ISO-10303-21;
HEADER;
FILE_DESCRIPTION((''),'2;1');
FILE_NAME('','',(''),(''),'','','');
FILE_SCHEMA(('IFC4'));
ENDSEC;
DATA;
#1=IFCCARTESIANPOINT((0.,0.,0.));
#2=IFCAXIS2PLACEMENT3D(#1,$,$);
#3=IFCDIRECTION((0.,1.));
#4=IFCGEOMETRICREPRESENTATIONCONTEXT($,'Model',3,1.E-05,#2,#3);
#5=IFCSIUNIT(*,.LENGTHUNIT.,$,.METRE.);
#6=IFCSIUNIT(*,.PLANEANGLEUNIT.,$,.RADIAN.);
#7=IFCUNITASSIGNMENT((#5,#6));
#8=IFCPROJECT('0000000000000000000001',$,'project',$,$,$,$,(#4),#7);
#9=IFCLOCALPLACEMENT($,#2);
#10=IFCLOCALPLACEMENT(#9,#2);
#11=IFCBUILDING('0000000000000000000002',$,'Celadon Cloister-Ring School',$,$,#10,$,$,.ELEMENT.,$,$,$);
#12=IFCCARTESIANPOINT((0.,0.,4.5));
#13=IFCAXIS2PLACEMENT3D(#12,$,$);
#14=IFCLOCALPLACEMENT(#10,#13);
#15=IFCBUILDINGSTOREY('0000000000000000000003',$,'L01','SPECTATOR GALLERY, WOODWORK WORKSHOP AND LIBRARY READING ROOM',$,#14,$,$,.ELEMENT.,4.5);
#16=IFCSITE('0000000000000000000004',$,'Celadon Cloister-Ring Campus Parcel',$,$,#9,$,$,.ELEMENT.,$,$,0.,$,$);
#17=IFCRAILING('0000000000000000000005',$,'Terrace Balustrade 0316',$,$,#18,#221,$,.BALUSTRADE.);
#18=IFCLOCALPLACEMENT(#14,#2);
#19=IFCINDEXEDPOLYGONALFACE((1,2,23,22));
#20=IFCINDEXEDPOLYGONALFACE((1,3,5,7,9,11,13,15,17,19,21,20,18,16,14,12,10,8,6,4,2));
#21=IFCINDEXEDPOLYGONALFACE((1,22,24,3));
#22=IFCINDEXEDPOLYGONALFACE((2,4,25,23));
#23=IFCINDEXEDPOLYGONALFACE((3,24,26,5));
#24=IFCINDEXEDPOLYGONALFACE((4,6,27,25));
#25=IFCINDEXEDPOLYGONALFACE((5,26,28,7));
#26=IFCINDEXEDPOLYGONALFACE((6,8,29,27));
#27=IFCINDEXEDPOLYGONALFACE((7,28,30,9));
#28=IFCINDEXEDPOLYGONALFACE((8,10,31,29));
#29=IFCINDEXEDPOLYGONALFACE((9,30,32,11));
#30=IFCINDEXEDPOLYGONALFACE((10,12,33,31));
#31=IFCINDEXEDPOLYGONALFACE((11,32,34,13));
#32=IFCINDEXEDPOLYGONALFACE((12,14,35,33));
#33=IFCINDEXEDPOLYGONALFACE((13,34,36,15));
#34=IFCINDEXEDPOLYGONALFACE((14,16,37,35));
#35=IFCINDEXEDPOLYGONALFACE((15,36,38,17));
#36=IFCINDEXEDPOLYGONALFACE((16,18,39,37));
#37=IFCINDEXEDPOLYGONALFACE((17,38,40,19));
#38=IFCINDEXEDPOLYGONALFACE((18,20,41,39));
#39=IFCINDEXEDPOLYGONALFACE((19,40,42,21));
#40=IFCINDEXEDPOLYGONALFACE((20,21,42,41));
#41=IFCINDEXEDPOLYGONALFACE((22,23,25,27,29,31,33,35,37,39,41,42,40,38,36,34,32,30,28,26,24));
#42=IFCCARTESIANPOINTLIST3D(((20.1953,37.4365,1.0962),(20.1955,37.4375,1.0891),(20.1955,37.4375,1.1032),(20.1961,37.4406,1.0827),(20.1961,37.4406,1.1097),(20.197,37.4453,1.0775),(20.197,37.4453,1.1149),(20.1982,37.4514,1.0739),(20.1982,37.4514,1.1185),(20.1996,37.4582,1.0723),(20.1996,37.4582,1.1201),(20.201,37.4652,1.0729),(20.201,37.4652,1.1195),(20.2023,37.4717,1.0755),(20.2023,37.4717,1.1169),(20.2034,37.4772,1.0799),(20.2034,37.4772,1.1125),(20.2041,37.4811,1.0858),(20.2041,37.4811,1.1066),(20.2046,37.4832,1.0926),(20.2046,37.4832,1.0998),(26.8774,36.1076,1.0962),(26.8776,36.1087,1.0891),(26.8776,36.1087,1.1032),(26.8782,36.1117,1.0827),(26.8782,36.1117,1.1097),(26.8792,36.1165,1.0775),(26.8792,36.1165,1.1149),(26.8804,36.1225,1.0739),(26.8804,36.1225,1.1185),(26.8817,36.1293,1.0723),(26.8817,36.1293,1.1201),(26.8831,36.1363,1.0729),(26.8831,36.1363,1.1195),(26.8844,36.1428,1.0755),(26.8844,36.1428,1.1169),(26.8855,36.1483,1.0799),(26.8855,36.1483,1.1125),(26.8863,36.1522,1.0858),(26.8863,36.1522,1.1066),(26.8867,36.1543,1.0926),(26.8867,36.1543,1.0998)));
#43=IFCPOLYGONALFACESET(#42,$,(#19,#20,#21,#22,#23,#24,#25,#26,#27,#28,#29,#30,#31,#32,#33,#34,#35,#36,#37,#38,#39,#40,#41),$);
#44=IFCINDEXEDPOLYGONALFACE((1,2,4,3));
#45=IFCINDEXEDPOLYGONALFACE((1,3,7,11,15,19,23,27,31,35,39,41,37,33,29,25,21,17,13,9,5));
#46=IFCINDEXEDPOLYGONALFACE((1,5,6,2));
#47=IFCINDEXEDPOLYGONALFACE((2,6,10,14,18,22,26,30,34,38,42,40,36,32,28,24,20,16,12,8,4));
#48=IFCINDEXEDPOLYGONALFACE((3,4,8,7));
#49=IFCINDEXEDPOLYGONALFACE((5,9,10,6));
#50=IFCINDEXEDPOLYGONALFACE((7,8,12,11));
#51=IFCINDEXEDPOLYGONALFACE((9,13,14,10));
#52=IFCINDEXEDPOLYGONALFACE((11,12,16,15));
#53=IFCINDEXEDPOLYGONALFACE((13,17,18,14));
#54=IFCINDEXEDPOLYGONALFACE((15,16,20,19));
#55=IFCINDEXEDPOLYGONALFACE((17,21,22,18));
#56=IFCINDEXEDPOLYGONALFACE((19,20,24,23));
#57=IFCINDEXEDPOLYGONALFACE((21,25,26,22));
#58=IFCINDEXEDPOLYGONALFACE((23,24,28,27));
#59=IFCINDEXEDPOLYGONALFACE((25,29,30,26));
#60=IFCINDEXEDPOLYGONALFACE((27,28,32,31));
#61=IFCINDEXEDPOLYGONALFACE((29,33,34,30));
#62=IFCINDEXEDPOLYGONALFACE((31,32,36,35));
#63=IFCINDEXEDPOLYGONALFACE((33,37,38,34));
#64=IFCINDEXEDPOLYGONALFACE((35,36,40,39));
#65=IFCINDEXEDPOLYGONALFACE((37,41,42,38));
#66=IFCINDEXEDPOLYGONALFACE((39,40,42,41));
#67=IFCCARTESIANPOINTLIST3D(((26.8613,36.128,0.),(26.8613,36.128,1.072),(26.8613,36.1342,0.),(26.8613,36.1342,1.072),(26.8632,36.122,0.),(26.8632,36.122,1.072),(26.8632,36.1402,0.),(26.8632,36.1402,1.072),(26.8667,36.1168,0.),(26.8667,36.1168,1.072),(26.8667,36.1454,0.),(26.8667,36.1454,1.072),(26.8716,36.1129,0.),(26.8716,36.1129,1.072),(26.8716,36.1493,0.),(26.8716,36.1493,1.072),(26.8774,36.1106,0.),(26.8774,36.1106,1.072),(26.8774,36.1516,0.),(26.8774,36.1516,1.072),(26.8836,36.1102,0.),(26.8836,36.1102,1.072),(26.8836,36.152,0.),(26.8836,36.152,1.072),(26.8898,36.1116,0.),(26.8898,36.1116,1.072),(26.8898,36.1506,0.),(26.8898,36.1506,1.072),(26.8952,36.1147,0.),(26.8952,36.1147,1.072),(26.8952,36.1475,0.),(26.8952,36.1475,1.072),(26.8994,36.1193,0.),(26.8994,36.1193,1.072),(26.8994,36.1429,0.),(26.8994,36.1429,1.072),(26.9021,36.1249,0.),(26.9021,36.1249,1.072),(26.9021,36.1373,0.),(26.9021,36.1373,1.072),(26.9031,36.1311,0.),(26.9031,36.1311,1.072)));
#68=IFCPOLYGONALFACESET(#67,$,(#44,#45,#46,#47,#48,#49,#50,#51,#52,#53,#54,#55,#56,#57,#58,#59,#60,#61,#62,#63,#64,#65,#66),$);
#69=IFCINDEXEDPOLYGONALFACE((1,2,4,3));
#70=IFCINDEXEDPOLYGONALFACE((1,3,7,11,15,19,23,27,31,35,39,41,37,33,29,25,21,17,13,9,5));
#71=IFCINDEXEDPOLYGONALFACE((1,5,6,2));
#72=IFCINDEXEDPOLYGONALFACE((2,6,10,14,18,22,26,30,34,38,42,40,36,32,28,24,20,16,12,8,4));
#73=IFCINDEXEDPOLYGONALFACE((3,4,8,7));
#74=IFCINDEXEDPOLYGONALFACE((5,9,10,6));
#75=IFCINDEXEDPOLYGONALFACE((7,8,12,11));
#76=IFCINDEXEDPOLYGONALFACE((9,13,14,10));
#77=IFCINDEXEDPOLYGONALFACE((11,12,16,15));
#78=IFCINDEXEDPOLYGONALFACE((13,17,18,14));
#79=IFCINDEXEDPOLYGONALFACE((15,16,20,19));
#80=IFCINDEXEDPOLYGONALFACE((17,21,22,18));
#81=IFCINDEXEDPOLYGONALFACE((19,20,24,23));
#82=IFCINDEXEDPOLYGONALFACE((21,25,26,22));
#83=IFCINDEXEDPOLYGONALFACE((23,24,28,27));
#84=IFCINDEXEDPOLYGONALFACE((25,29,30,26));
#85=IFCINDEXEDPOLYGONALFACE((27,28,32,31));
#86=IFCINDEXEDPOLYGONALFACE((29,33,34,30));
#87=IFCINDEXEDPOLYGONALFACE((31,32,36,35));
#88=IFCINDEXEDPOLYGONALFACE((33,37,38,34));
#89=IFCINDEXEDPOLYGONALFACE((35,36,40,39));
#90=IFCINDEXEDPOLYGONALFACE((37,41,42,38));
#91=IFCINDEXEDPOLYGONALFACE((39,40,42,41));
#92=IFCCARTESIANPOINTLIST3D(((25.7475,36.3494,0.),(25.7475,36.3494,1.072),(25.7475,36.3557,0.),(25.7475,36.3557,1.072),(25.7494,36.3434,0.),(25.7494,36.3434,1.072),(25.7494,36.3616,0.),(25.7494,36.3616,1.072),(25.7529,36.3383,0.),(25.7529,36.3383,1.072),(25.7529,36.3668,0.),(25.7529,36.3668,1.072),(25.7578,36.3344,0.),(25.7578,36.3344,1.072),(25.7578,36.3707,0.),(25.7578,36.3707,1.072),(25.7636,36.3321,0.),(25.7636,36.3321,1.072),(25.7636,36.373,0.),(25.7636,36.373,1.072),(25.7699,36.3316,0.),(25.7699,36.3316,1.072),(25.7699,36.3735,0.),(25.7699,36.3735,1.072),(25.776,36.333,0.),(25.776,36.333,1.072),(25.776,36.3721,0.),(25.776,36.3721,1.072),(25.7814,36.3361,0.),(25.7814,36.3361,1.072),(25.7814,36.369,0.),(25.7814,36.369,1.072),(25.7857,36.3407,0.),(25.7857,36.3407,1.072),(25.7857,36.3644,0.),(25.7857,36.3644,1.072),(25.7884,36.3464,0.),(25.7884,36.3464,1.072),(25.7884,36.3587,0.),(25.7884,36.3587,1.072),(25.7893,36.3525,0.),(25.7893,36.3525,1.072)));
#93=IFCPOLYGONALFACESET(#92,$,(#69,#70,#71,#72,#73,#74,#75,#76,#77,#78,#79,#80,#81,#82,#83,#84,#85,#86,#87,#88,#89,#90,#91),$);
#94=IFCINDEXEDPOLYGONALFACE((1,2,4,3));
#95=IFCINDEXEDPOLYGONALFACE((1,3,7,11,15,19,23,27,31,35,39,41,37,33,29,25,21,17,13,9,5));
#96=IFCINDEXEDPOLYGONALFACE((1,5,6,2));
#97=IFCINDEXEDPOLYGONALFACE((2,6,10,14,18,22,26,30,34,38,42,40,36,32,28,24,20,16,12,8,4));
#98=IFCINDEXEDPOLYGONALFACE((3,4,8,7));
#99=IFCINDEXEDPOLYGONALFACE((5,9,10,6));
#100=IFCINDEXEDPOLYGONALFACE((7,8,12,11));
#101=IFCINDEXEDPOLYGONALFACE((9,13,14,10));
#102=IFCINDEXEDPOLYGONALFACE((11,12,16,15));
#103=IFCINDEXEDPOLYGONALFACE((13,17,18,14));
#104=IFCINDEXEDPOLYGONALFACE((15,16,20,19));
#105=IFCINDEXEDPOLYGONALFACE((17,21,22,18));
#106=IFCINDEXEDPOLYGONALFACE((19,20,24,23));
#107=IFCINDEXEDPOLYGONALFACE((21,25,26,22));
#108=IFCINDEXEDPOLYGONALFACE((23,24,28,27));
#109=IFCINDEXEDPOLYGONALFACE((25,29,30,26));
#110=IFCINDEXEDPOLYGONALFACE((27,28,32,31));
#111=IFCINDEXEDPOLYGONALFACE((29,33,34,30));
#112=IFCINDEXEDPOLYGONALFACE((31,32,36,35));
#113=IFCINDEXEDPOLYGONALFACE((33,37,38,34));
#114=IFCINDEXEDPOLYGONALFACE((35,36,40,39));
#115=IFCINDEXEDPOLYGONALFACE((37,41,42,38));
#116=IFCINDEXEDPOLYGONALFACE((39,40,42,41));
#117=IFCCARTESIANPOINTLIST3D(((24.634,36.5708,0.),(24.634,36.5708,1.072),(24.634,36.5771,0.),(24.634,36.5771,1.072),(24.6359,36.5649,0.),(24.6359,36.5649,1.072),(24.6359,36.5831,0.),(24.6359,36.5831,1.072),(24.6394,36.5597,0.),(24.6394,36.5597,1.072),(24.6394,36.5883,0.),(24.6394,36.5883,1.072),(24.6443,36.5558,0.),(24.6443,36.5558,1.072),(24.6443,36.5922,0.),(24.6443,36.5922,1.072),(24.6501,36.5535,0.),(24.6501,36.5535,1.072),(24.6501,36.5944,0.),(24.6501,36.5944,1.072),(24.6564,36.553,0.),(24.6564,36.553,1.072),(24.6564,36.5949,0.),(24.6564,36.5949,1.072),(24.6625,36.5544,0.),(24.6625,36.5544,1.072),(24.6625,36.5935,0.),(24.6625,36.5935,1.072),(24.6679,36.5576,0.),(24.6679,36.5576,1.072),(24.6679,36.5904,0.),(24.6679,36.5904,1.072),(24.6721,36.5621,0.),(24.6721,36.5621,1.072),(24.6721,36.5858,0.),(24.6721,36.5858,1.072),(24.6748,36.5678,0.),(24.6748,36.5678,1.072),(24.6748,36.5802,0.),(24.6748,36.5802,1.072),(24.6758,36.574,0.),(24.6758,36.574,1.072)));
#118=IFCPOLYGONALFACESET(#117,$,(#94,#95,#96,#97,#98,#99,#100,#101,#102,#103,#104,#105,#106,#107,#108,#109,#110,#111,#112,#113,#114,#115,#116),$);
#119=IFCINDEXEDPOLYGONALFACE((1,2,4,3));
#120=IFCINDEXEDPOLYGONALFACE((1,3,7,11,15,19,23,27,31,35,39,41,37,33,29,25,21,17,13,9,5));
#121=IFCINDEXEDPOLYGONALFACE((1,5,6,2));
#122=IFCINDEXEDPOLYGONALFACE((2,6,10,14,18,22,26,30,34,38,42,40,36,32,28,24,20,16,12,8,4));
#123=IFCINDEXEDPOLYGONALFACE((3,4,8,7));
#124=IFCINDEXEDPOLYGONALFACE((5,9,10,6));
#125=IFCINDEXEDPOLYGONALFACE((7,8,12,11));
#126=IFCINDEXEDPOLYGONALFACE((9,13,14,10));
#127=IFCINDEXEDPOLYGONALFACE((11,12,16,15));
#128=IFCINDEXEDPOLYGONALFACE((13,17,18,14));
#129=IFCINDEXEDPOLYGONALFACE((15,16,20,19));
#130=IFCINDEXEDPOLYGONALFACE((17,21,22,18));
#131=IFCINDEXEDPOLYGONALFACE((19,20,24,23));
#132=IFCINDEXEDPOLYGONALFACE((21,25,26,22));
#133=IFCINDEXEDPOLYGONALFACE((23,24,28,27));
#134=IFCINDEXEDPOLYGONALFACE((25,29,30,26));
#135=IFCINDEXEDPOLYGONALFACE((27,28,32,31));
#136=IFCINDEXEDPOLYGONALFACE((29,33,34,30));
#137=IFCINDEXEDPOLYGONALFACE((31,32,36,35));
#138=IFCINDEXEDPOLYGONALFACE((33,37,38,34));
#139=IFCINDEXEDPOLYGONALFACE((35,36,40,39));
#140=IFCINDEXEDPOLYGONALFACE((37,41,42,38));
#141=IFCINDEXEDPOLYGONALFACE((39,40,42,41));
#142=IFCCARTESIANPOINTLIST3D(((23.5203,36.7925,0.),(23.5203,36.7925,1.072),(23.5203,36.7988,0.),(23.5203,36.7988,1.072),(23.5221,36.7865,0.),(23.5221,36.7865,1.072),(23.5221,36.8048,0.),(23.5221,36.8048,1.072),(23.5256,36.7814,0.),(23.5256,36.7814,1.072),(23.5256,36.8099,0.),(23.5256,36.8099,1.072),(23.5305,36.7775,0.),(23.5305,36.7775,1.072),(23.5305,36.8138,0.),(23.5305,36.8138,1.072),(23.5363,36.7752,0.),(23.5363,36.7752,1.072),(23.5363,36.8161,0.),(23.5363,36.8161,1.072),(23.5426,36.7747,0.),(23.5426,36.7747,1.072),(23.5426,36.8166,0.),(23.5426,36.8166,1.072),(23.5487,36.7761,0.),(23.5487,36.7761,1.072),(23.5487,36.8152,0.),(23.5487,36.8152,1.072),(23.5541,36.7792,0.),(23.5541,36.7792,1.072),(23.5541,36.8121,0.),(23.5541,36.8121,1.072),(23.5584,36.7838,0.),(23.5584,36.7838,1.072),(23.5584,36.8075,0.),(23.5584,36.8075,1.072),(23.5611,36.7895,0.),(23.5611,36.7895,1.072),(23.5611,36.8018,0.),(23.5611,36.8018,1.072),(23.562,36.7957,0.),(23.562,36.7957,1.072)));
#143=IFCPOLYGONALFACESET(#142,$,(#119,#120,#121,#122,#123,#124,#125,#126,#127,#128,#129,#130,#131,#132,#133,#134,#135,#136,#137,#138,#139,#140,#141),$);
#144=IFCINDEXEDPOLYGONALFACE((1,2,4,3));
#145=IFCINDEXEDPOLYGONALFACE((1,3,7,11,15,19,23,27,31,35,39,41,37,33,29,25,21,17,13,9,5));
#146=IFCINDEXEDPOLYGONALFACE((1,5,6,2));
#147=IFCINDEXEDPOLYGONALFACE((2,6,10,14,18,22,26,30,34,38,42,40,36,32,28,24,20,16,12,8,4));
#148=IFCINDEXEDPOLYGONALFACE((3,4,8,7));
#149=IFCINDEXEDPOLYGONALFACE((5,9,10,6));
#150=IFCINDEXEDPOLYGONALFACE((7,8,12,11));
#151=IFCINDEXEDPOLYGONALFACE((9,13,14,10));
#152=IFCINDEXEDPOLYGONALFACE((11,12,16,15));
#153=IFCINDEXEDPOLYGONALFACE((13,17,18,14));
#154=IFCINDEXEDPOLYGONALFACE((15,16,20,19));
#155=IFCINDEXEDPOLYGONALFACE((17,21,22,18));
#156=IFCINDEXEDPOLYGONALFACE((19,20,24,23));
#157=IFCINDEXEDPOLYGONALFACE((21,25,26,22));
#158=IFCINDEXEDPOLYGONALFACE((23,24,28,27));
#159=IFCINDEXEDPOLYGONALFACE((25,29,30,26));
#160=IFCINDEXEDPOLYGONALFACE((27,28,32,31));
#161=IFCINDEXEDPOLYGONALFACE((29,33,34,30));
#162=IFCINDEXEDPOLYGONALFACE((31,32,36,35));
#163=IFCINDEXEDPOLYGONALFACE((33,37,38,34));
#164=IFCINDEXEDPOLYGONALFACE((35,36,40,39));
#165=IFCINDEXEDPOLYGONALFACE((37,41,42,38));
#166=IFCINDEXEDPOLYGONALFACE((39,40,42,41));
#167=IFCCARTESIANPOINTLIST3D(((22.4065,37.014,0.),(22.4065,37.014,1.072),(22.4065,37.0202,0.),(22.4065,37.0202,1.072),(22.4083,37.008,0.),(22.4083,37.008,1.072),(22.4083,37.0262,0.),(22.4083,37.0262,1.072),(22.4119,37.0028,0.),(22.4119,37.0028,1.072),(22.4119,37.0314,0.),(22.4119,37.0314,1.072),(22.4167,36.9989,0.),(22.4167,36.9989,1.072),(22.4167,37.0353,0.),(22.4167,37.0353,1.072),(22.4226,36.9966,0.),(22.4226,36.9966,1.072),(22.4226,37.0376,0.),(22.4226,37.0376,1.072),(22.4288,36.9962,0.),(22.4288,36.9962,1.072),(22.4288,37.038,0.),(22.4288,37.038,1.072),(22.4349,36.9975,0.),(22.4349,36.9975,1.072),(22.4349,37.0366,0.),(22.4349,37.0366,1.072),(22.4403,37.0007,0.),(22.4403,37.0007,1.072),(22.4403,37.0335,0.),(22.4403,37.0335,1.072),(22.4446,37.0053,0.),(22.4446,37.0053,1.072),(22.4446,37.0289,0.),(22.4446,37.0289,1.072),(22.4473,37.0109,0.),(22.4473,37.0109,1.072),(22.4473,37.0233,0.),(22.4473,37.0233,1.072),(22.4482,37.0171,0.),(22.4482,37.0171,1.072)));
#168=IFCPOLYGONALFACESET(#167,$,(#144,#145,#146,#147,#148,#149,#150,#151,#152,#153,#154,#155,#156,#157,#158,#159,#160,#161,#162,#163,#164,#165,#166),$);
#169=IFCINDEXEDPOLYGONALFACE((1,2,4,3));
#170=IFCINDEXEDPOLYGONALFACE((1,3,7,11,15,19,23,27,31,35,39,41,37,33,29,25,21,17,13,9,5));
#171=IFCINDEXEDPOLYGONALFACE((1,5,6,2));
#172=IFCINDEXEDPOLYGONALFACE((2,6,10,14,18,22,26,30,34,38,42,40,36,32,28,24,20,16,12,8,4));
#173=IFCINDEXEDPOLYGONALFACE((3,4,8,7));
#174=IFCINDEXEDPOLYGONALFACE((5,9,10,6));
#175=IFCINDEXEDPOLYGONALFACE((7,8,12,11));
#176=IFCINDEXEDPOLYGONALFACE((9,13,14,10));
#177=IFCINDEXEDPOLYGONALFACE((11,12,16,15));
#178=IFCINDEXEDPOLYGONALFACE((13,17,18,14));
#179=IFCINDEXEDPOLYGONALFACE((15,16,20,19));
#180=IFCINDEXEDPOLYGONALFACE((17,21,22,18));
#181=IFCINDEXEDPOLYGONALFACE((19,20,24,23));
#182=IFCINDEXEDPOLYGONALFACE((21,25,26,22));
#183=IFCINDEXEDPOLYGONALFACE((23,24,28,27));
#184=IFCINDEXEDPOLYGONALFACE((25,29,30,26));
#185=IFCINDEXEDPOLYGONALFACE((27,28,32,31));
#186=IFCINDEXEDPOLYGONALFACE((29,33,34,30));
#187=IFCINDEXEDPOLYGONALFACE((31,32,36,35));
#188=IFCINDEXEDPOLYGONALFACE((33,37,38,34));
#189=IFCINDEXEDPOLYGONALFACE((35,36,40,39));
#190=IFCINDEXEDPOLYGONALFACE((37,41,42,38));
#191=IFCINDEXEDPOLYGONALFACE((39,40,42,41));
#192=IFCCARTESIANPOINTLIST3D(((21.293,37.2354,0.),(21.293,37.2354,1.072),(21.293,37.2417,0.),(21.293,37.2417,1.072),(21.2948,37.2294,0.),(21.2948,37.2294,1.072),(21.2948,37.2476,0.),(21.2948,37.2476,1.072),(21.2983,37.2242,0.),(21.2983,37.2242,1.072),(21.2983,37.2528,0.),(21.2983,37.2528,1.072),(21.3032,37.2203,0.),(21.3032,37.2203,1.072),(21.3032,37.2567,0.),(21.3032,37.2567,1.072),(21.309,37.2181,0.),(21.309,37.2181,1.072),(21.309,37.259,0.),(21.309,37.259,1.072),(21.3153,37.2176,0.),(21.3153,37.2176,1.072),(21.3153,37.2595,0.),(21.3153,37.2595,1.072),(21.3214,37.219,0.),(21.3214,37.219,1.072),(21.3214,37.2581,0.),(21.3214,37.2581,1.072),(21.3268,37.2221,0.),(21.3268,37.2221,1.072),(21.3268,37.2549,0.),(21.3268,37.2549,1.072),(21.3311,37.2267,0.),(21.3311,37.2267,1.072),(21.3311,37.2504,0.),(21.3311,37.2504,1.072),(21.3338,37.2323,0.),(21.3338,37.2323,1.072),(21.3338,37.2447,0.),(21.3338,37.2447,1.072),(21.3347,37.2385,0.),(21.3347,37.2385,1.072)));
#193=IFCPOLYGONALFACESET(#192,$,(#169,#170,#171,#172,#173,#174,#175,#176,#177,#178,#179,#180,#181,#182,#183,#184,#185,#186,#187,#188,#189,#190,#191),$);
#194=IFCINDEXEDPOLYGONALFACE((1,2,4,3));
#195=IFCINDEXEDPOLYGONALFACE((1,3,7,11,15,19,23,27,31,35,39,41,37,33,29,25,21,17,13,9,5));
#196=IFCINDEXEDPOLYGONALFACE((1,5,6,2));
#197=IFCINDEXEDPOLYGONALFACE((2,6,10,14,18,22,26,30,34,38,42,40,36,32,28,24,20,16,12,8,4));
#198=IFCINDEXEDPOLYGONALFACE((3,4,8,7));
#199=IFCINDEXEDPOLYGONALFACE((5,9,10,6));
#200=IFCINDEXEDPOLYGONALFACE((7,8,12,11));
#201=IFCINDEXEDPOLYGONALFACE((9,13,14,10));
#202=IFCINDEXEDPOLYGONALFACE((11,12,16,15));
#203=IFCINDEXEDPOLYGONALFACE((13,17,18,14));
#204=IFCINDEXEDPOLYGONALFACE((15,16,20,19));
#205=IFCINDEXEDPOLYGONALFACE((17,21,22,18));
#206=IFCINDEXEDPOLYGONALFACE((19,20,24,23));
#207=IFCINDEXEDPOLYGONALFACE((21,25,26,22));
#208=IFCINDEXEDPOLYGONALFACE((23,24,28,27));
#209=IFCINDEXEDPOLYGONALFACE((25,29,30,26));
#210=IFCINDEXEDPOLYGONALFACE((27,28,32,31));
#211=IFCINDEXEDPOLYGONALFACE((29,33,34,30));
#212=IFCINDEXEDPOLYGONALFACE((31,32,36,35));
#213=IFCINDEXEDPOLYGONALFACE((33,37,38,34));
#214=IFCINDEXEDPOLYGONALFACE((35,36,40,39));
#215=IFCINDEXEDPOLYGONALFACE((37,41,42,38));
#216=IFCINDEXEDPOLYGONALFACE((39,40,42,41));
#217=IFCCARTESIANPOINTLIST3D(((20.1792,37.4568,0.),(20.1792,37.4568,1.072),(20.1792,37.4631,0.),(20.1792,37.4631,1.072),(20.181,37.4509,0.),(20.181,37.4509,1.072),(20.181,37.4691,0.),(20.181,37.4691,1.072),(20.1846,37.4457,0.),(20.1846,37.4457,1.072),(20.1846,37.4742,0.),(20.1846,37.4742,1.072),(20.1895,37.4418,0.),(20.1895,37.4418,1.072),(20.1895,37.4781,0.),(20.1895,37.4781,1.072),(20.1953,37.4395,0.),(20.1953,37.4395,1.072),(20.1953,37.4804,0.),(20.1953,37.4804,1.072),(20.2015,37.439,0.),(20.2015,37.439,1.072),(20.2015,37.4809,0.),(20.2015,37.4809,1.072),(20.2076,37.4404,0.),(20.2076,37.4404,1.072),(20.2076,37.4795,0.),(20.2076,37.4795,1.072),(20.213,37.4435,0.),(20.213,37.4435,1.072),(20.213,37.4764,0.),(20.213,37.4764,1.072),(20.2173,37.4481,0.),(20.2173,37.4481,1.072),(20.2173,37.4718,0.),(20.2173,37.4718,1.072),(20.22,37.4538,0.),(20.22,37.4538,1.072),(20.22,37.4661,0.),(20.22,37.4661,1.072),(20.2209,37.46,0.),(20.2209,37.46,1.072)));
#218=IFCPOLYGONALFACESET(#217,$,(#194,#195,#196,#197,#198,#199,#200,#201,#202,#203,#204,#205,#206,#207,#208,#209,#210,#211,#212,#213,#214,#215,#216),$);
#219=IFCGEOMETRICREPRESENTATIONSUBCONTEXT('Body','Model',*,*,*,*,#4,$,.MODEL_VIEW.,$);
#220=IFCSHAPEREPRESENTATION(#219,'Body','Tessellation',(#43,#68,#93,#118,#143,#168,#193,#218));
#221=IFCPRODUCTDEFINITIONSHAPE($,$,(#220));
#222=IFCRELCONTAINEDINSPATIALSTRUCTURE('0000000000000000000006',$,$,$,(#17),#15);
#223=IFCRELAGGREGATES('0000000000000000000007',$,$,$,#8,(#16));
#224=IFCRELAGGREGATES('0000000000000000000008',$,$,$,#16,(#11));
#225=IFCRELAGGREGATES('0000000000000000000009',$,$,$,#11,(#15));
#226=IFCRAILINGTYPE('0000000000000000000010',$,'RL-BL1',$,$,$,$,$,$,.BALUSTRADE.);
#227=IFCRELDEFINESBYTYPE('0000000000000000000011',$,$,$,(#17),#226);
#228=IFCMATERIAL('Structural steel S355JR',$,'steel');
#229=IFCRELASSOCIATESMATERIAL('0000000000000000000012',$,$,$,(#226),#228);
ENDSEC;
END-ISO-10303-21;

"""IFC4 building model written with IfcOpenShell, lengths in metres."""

from ifc_helpers import new_model, si_unit, direction, frame, origin, origin_2d, place, context, subcontext, project, spatial, circle, extrude, material, type_object, element, save


model = new_model("IFC4")

# Units and contexts
model_context = context("Model", 3, precision=1e-05, world=origin(), true_north=direction((0.0, 1.0)))
body_context = subcontext(model_context, "Body", "Model", "MODEL_VIEW")
ifc_project = project(units=[si_unit("LENGTHUNIT", "METRE"), si_unit("PLANEANGLEUNIT", "RADIAN")], contexts=[model_context])

# Site, building, storey
site_placement = place(None, origin())
site = spatial("IfcSite", under=ifc_project, at=site_placement, Name="Celadon Cloister-Ring Campus Parcel", CompositionType="ELEMENT", RefElevation=0.0)
building_placement = place(site_placement, origin())
building = spatial("IfcBuilding", under=site, at=building_placement, Name="Celadon Cloister-Ring School", CompositionType="ELEMENT")
storey_placement = place(building_placement, frame((0.0, 0.0, 4.5)))
storey = spatial("IfcBuildingStorey", under=building, at=storey_placement, Name="L01", Description="SPECTATOR GALLERY, WOODWORK WORKSHOP AND LIBRARY READING ROOM", CompositionType="ELEMENT", Elevation=4.5)

# Railing
ifc_material_1 = material(Name="Structural steel S355JR", Category="steel")
railing_type = type_object("IfcRailingType", Name="RL-BL1", PredefinedType="BALUSTRADE", material=ifc_material_1)
railing_placement = place(storey_placement, frame((26.8821, 36.1311, 0.0)))
element("IfcRailing", 1, at=railing_placement, inside=storey, type_object=railing_type, Name="Terrace Balustrade 0316", PredefinedType="BALUSTRADE", context=body_context, shape_type="SweptSolid", body=[
    extrude(circle(Radius=0.0239, at=origin_2d()), frame((0.0, 0.0, 1.0962), z_axis=(-0.980794, 0.195048, 0.0), x_axis=(-0.195048, -0.980794, 0.0)), (0.0, 0.0, 1.0), 6.813),
    extrude(circle(Radius=0.021, at=origin_2d()), origin(), (0.0, 0.0, 1.0), 1.072),
    extrude(circle(Radius=0.021, at=origin_2d()), frame((-1.1138, 0.2214, 0.0)), (0.0, 0.0, 1.0), 1.072),
    extrude(circle(Radius=0.021, at=origin_2d()), frame((-2.2273, 0.4429, 0.0)), (0.0, 0.0, 1.0), 1.072),
    extrude(circle(Radius=0.021, at=origin_2d()), frame((-3.3411, 0.6646, 0.0)), (0.0, 0.0, 1.0), 1.072),
    extrude(circle(Radius=0.021, at=origin_2d()), frame((-4.4548, 0.886, 0.0)), (0.0, 0.0, 1.0), 1.072),
    extrude(circle(Radius=0.021, at=origin_2d()), frame((-5.5684, 1.1074, 0.0)), (0.0, 0.0, 1.0), 1.072),
    extrude(circle(Radius=0.021, at=origin_2d()), frame((-6.6821, 1.3289, 0.0)), (0.0, 0.0, 1.0), 1.072),
])

save(model, "model.ifc")
